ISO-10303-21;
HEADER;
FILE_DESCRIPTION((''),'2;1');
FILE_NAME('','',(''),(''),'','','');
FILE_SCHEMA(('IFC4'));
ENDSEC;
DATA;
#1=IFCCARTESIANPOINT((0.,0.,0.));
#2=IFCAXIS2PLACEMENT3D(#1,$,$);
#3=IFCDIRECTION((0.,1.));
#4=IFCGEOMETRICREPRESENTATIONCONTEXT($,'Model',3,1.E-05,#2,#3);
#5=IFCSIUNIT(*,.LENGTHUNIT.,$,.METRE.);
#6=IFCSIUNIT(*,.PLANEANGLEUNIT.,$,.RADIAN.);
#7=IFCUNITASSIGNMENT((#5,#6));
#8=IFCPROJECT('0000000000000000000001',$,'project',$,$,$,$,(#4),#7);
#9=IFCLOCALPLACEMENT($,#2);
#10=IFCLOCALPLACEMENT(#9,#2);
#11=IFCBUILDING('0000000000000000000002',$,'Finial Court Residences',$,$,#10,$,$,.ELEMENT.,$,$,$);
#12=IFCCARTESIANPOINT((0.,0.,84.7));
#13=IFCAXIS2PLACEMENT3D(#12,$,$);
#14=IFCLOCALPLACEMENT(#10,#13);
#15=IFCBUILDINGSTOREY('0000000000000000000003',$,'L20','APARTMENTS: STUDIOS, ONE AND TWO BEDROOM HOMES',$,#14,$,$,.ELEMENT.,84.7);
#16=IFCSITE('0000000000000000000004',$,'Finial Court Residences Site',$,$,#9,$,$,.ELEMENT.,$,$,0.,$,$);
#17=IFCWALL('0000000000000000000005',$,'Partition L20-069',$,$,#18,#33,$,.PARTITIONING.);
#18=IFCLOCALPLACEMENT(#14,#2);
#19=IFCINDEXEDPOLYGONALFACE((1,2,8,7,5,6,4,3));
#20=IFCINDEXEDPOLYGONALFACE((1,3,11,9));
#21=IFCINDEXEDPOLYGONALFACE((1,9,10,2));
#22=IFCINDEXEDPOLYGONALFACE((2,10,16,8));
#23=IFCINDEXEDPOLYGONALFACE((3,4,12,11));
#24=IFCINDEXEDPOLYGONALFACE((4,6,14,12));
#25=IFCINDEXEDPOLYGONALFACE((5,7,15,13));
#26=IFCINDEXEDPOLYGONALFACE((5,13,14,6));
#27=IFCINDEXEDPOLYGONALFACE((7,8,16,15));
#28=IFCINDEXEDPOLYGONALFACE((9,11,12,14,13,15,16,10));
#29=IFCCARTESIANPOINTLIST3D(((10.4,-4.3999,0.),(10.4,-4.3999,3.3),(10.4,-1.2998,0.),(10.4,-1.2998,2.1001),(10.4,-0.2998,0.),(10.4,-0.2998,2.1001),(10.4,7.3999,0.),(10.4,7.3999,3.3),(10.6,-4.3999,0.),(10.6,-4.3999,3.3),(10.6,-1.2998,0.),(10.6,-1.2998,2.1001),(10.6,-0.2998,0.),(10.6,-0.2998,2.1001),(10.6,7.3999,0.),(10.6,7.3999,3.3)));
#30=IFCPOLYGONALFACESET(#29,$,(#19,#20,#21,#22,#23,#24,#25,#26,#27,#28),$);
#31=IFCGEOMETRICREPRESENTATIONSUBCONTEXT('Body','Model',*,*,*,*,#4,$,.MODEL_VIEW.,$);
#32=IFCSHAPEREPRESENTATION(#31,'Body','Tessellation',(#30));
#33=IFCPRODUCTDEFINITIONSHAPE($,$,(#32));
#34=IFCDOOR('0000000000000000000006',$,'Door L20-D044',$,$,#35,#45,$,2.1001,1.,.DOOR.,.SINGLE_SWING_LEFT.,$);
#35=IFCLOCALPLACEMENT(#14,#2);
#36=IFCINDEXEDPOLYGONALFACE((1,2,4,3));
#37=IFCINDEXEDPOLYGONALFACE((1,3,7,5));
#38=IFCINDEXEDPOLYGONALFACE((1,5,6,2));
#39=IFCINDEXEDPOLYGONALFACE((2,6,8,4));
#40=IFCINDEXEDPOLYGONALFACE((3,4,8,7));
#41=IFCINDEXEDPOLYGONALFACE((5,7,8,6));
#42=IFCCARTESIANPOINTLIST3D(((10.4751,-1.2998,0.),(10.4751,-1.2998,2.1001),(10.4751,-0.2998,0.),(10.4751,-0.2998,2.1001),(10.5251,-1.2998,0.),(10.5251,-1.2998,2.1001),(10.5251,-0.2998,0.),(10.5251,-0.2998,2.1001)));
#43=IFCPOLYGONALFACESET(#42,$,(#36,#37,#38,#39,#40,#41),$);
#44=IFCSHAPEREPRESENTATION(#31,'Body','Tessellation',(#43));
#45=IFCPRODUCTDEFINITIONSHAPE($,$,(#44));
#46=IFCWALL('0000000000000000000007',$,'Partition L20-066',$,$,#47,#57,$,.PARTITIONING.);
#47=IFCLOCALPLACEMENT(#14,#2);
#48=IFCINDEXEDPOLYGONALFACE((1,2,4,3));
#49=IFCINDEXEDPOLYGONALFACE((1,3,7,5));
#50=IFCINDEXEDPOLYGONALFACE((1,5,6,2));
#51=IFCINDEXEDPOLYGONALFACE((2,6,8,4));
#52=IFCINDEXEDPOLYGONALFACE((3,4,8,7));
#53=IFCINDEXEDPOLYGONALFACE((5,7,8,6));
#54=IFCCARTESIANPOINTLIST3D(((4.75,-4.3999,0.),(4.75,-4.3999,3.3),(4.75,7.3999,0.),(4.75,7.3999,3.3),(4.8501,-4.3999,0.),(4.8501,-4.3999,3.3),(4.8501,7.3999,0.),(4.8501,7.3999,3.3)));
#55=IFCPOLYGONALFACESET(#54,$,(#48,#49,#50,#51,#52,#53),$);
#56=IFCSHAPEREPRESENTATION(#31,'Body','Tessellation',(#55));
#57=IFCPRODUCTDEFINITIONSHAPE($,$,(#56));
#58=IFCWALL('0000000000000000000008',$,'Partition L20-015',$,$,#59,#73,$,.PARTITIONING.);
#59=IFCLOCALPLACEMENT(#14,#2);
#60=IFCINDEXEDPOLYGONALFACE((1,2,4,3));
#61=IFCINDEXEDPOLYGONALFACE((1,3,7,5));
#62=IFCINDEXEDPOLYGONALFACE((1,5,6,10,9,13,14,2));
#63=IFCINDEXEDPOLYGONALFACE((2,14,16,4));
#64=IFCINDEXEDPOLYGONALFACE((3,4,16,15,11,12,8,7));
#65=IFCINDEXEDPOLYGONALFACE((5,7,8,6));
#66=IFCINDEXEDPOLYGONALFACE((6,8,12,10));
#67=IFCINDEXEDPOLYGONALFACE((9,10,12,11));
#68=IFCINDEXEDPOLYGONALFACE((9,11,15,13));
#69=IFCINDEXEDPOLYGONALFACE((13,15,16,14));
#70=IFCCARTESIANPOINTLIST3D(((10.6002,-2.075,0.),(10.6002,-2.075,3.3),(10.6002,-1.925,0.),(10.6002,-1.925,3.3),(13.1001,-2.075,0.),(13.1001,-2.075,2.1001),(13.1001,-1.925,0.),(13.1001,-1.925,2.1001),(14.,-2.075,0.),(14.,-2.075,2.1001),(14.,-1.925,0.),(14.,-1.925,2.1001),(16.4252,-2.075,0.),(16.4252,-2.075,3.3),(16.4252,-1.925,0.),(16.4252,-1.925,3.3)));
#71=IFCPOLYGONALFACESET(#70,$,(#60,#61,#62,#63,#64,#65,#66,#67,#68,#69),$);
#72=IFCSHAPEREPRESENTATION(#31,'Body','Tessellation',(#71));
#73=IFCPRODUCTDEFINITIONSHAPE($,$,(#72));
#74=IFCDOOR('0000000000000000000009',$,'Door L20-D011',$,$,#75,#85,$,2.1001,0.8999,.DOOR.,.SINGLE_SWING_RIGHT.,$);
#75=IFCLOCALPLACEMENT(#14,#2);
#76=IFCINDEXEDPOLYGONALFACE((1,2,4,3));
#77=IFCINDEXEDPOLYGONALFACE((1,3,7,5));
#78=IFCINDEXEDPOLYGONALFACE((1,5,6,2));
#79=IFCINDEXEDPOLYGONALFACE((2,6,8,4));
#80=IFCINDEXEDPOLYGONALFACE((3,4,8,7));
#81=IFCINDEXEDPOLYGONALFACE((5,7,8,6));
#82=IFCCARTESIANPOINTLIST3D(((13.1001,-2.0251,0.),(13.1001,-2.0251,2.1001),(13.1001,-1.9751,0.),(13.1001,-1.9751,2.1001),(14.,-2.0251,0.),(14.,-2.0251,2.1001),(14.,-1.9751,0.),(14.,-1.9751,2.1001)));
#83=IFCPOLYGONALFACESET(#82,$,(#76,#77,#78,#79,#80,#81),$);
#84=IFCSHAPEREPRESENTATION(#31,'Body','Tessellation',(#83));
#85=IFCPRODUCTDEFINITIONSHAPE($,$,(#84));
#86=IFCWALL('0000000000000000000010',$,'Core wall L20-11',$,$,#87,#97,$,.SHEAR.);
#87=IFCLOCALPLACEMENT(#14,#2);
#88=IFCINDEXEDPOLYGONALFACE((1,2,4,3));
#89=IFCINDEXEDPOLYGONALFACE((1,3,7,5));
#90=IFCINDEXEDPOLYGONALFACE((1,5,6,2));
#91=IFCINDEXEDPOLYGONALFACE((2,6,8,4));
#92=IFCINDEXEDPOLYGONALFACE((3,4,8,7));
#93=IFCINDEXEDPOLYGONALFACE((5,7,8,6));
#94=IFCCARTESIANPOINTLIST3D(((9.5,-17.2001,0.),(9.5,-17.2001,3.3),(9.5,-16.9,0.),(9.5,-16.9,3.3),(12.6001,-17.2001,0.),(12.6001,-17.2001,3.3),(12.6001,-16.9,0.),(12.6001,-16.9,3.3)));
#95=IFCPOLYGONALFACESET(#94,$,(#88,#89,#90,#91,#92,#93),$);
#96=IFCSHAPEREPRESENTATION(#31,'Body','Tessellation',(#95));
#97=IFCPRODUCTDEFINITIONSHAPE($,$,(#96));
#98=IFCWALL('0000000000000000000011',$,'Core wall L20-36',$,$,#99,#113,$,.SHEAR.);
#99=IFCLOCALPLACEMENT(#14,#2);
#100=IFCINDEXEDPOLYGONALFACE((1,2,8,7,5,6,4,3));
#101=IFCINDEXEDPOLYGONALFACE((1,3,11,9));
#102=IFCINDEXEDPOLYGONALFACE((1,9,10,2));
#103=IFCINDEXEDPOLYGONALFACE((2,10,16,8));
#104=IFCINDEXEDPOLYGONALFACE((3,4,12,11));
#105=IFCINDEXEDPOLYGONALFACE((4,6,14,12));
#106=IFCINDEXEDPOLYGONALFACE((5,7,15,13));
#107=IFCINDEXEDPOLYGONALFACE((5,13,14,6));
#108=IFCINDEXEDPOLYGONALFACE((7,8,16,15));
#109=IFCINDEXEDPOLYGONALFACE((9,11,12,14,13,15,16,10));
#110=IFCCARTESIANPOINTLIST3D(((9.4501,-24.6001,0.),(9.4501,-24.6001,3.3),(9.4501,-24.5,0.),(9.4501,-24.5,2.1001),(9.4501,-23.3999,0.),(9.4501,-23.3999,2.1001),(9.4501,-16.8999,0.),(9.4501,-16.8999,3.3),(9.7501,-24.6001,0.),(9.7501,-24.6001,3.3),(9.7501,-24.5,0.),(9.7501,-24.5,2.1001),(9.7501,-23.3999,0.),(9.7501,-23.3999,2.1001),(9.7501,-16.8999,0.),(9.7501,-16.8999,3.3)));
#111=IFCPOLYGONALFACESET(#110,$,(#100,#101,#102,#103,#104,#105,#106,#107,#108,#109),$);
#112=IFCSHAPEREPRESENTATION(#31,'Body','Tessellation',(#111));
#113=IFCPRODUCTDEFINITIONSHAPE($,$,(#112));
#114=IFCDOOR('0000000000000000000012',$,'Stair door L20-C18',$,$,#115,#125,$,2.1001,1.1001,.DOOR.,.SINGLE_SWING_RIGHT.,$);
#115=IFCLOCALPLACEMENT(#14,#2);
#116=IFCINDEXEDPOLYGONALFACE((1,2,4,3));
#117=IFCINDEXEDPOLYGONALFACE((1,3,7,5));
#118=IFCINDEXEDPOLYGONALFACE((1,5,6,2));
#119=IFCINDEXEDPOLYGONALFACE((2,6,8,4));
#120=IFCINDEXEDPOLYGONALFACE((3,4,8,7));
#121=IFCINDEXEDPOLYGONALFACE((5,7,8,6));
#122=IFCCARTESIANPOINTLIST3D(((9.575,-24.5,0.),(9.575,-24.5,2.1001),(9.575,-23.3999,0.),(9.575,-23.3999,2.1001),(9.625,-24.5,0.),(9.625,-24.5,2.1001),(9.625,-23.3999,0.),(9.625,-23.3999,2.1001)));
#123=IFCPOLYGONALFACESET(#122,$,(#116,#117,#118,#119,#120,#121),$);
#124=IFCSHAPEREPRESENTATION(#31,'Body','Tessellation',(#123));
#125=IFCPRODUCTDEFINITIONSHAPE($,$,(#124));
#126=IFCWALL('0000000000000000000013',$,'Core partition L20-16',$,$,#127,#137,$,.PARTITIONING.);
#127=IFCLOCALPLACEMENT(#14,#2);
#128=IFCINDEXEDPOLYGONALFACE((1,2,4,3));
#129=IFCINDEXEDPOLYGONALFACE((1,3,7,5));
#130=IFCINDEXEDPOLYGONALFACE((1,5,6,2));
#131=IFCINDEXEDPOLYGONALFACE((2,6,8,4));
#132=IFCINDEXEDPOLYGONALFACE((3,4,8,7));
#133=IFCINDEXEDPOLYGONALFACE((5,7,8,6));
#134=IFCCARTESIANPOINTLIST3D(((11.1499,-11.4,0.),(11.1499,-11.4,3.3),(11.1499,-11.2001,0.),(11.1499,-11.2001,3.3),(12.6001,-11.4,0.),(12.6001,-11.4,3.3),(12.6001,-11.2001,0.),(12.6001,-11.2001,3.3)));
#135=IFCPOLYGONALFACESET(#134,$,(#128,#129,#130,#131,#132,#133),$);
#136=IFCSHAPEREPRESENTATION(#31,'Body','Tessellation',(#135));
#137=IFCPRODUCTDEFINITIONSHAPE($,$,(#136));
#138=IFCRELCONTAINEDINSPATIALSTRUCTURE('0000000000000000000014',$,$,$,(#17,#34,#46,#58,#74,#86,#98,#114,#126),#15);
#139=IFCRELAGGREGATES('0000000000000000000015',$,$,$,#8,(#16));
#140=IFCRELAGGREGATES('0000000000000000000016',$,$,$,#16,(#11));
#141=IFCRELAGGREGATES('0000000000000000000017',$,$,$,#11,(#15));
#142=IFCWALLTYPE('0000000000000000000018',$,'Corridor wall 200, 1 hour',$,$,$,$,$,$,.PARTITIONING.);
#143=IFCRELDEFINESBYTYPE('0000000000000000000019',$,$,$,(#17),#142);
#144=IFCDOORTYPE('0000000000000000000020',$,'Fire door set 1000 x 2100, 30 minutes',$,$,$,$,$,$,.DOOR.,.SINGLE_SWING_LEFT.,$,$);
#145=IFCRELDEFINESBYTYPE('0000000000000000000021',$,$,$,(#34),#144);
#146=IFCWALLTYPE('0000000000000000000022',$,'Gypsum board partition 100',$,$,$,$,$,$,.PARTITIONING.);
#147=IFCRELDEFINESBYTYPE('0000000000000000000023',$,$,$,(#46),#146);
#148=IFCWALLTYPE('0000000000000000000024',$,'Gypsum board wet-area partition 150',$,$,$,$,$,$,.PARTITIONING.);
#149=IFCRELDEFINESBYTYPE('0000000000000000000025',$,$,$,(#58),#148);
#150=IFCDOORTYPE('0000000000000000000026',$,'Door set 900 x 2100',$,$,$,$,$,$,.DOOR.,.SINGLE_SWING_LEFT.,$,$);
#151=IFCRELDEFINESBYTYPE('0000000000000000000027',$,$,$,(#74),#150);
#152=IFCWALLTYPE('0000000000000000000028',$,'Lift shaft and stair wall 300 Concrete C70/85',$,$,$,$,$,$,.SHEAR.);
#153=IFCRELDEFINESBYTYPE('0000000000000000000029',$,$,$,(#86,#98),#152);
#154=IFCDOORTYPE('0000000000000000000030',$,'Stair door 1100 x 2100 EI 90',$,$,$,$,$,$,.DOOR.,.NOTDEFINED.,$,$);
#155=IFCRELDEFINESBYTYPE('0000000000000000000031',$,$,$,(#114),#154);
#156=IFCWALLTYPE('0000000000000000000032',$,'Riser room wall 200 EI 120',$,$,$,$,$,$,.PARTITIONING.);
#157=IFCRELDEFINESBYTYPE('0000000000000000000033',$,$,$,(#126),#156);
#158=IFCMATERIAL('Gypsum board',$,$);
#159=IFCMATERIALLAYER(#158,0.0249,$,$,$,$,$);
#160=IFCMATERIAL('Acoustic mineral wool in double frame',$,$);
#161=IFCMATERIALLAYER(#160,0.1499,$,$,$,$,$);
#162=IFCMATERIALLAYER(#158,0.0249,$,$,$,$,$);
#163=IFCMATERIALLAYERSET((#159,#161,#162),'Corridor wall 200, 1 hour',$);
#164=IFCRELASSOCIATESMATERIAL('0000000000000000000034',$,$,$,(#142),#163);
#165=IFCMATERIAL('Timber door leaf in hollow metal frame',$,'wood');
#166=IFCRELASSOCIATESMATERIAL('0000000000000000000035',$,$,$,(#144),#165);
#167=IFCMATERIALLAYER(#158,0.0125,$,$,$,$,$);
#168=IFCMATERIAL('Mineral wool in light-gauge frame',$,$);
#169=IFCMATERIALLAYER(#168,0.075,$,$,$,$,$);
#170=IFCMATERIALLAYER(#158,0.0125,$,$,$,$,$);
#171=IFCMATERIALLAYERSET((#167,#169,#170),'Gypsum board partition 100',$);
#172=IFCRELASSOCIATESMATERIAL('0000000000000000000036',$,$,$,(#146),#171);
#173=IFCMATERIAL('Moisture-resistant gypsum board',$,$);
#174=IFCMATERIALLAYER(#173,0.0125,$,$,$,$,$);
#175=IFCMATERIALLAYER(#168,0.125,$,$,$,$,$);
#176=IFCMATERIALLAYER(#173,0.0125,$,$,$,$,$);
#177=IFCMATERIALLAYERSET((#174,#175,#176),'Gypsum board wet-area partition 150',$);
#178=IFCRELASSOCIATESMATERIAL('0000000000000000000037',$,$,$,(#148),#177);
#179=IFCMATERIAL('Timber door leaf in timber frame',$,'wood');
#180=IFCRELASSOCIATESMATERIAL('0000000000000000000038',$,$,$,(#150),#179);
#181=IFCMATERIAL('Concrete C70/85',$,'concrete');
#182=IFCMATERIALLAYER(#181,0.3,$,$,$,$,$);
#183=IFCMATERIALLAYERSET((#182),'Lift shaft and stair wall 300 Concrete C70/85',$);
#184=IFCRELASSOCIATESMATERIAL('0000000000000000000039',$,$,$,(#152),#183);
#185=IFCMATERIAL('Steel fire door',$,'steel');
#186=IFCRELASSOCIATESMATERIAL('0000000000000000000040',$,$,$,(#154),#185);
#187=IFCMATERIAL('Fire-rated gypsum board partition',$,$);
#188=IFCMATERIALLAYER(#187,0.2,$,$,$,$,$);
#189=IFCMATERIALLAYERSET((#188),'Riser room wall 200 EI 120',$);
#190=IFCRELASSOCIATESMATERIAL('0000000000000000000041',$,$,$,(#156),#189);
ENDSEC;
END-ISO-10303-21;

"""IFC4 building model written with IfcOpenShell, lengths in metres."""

from ifc_helpers import new_model, si_unit, direction, frame, frame_2d, origin, place, context, subcontext, project, spatial, rectangle, extrude, material, layer, layer_set, type_object, element, fill, save


model = new_model("IFC4")

# Units and contexts
model_context = context("Model", 3, precision=1e-05, world=origin(), true_north=direction((0.0, 1.0)))
body_context = subcontext(model_context, "Body", "Model", "MODEL_VIEW")
ifc_project = project(units=[si_unit("LENGTHUNIT", "METRE"), si_unit("PLANEANGLEUNIT", "RADIAN")], contexts=[model_context])

# Site, building, storey
site_placement = place(None, origin())
site = spatial("IfcSite", under=ifc_project, at=site_placement, Name="Finial Court Residences Site", CompositionType="ELEMENT", RefElevation=0.0)
building_placement = place(site_placement, origin())
building = spatial("IfcBuilding", under=site, at=building_placement, Name="Finial Court Residences", CompositionType="ELEMENT")
storey_placement = place(building_placement, frame((0.0, 0.0, 84.7)))
storey = spatial("IfcBuildingStorey", under=building, at=storey_placement, Name="L20", Description="APARTMENTS: STUDIOS, ONE AND TWO BEDROOM HOMES", CompositionType="ELEMENT", Elevation=84.7)

# Shared definitions
ifc_material_1 = material(Name="Concrete C70/85", Category="concrete")

# Shared definitions
ifc_material_2 = material(Name="Fire-rated gypsum board partition")

# Shared definitions
ifc_material_3 = material(Name="Steel fire door", Category="steel")

# Shared definitions
ifc_material_4 = material(Name="Gypsum board")
ifc_layer_1 = layer(ifc_material_4, 0.0249)
ifc_material_5 = material(Name="Acoustic mineral wool in double frame")
ifc_layer_2 = layer(ifc_material_5, 0.1499)
ifc_layer_3 = layer(ifc_material_4, 0.0249)
ifc_layer_set_1 = layer_set([ifc_layer_1, ifc_layer_2, ifc_layer_3], Name="Corridor wall 200, 1 hour")
wall_type_1 = type_object("IfcWallType", Name="Corridor wall 200, 1 hour", PredefinedType="PARTITIONING", material=ifc_layer_set_1)
ifc_material_6 = material(Name="Timber door leaf in hollow metal frame", Category="wood")
door_type_1 = type_object("IfcDoorType", Name="Fire door set 1000 x 2100, 30 minutes", OperationType="SINGLE_SWING_LEFT", PredefinedType="DOOR", material=ifc_material_6)

# Wall, opening, door
wall_1_placement = place(storey_placement, frame((10.5, -4.3999, 0.0), z_axis=(0.0, 0.0, 1.0), x_axis=(0.0, 1.0, 0.0)))
wall_1 = element("IfcWall", 1, at=wall_1_placement, inside=storey, type_object=wall_type_1, Name="Partition L20-069", PredefinedType="PARTITIONING", context=body_context, shape_type="SweptSolid", body=[
    extrude(rectangle(XDim=11.7998, YDim=0.2, at=frame_2d((5.8999, 0.0))), origin(), (0.0, 0.0, 1.0), 3.3),
])
opening_1_placement = place(wall_1_placement, frame((3.1001, 0.0, 0.0)))
opening_1 = element("IfcOpeningElement", 2, at=opening_1_placement, cuts=wall_1, PredefinedType="OPENING", context=body_context, shape_type="SweptSolid", body=[
    extrude(rectangle(XDim=1.0, YDim=2.1001, at=frame_2d((0.5, 1.05))), frame((0.0, 0.1099, 0.0), z_axis=(0.0, -1.0, 0.0), x_axis=(1.0, 0.0, 0.0)), (0.0, 0.0, 1.0), 0.22),
])
door_1_placement = place(opening_1_placement, origin())
door_1 = element("IfcDoor", 3, at=door_1_placement, inside=storey, type_object=door_type_1, Name="Door L20-D044", OperationType="SINGLE_SWING_LEFT", OverallHeight=2.1001, OverallWidth=1.0, PredefinedType="DOOR", context=body_context, shape_type="SweptSolid", body=[
    extrude(rectangle(XDim=1.0, YDim=2.1001, at=frame_2d((0.5, 1.05))), frame((0.0, 0.0249, 0.0), z_axis=(0.0, -1.0, 0.0), x_axis=(1.0, 0.0, 0.0)), (0.0, 0.0, 1.0), 0.05),
])
fill(opening_1, door_1)

# Wall
ifc_layer_4 = layer(ifc_material_4, 0.0125)
ifc_material_7 = material(Name="Mineral wool in light-gauge frame")
ifc_layer_5 = layer(ifc_material_7, 0.075)
ifc_layer_6 = layer(ifc_material_4, 0.0125)
ifc_layer_set_2 = layer_set([ifc_layer_4, ifc_layer_5, ifc_layer_6], Name="Gypsum board partition 100")
wall_type_2 = type_object("IfcWallType", Name="Gypsum board partition 100", PredefinedType="PARTITIONING", material=ifc_layer_set_2)
wall_2_placement = place(storey_placement, frame((4.8, -4.3999, 0.0), z_axis=(0.0, 0.0, 1.0), x_axis=(0.0, 1.0, 0.0)))
element("IfcWall", 4, at=wall_2_placement, inside=storey, type_object=wall_type_2, Name="Partition L20-066", PredefinedType="PARTITIONING", context=body_context, shape_type="SweptSolid", body=[
    extrude(rectangle(XDim=11.7998, YDim=0.1001, at=frame_2d((5.8999, 0.0))), origin(), (0.0, 0.0, 1.0), 3.3),
])

# Wall, opening, door
ifc_material_8 = material(Name="Moisture-resistant gypsum board")
ifc_layer_7 = layer(ifc_material_8, 0.0125)
ifc_layer_8 = layer(ifc_material_7, 0.125)
ifc_layer_9 = layer(ifc_material_8, 0.0125)
ifc_layer_set_3 = layer_set([ifc_layer_7, ifc_layer_8, ifc_layer_9], Name="Gypsum board wet-area partition 150")
wall_type_3 = type_object("IfcWallType", Name="Gypsum board wet-area partition 150", PredefinedType="PARTITIONING", material=ifc_layer_set_3)
wall_3_placement = place(storey_placement, frame((10.6001, -2.0, 0.0), z_axis=(0.0, 0.0, 1.0), x_axis=(1.0, 0.0, 0.0)))
wall_3 = element("IfcWall", 5, at=wall_3_placement, inside=storey, type_object=wall_type_3, Name="Partition L20-015", PredefinedType="PARTITIONING", context=body_context, shape_type="SweptSolid", body=[
    extrude(rectangle(XDim=5.825, YDim=0.1499, at=frame_2d((2.9126, 0.0))), origin(), (0.0, 0.0, 1.0), 3.3),
])
opening_2_placement = place(wall_3_placement, frame((2.5, 0.0, 0.0)))
opening_2 = element("IfcOpeningElement", 6, at=opening_2_placement, cuts=wall_3, PredefinedType="OPENING", context=body_context, shape_type="SweptSolid", body=[
    extrude(rectangle(XDim=0.8999, YDim=2.1001, at=frame_2d((0.45, 1.05))), frame((0.0, 0.085, 0.0), z_axis=(0.0, -1.0, 0.0), x_axis=(1.0, 0.0, 0.0)), (0.0, 0.0, 1.0), 0.1699),
])
ifc_material_9 = material(Name="Timber door leaf in timber frame", Category="wood")
door_type_2 = type_object("IfcDoorType", Name="Door set 900 x 2100", OperationType="SINGLE_SWING_LEFT", PredefinedType="DOOR", material=ifc_material_9)
door_2_placement = place(opening_2_placement, origin())
door_2 = element("IfcDoor", 7, at=door_2_placement, inside=storey, type_object=door_type_2, Name="Door L20-D011", OperationType="SINGLE_SWING_RIGHT", OverallHeight=2.1001, OverallWidth=0.8999, PredefinedType="DOOR", context=body_context, shape_type="SweptSolid", body=[
    extrude(rectangle(XDim=0.8999, YDim=2.1001, at=frame_2d((0.45, 1.05))), frame((0.0, 0.0249, 0.0), z_axis=(0.0, -1.0, 0.0), x_axis=(1.0, 0.0, 0.0)), (0.0, 0.0, 1.0), 0.05),
])
fill(opening_2, door_2)

# Wall
ifc_layer_10 = layer(ifc_material_1, 0.3)
ifc_layer_set_4 = layer_set([ifc_layer_10], Name="Lift shaft and stair wall 300 Concrete C70/85")
wall_type_4 = type_object("IfcWallType", Name="Lift shaft and stair wall 300 Concrete C70/85", PredefinedType="SHEAR", material=ifc_layer_set_4)
wall_4_placement = place(storey_placement, frame((9.5, -17.05, 0.0), z_axis=(0.0, 0.0, 1.0), x_axis=(1.0, 0.0, 0.0)))
element("IfcWall", 8, at=wall_4_placement, inside=storey, type_object=wall_type_4, Name="Core wall L20-11", PredefinedType="SHEAR", context=body_context, shape_type="SweptSolid", body=[
    extrude(rectangle(XDim=3.1001, YDim=0.3, at=frame_2d((1.55, 0.0))), origin(), (0.0, 0.0, 1.0), 3.3),
])

# Wall, opening, door
wall_5_placement = place(storey_placement, frame((9.6001, -16.8999, 0.0), z_axis=(0.0, 0.0, 1.0), x_axis=(0.0, -1.0, 0.0)))
wall_5 = element("IfcWall", 9, at=wall_5_placement, inside=storey, type_object=wall_type_4, Name="Core wall L20-36", PredefinedType="SHEAR", context=body_context, shape_type="SweptSolid", body=[
    extrude(rectangle(XDim=7.7002, YDim=0.3, at=frame_2d((3.8501, 0.0))), origin(), (0.0, 0.0, 1.0), 3.3),
])
opening_3_placement = place(wall_5_placement, frame((6.5, 0.0, 0.0)))
opening_3 = element("IfcOpeningElement", 10, at=opening_3_placement, cuts=wall_5, PredefinedType="OPENING", context=body_context, shape_type="SweptSolid", body=[
    extrude(rectangle(XDim=1.1001, YDim=2.1001, at=frame_2d((0.55, 1.05))), frame((0.0, 0.1599, 0.0), z_axis=(0.0, -1.0, 0.0), x_axis=(1.0, 0.0, 0.0)), (0.0, 0.0, 1.0), 0.3201),
])
door_type_3 = type_object("IfcDoorType", Name="Stair door 1100 x 2100 EI 90", OperationType="NOTDEFINED", PredefinedType="DOOR", material=ifc_material_3)
door_3_placement = place(opening_3_placement, origin())
door_3 = element("IfcDoor", 11, at=door_3_placement, inside=storey, type_object=door_type_3, Name="Stair door L20-C18", OperationType="SINGLE_SWING_RIGHT", OverallHeight=2.1001, OverallWidth=1.1001, PredefinedType="DOOR", context=body_context, shape_type="SweptSolid", body=[
    extrude(rectangle(XDim=1.1001, YDim=2.1001, at=frame_2d((0.55, 1.05))), frame((0.0, 0.0249, 0.0), z_axis=(0.0, -1.0, 0.0), x_axis=(1.0, 0.0, 0.0)), (0.0, 0.0, 1.0), 0.05),
])
fill(opening_3, door_3)

# Wall
ifc_layer_11 = layer(ifc_material_2, 0.2)
ifc_layer_set_5 = layer_set([ifc_layer_11], Name="Riser room wall 200 EI 120")
wall_type_5 = type_object("IfcWallType", Name="Riser room wall 200 EI 120", PredefinedType="PARTITIONING", material=ifc_layer_set_5)
wall_6_placement = place(storey_placement, frame((11.1499, -11.3, 0.0), z_axis=(0.0, 0.0, 1.0), x_axis=(1.0, 0.0, 0.0)))
element("IfcWall", 12, at=wall_6_placement, inside=storey, type_object=wall_type_5, Name="Core partition L20-16", PredefinedType="PARTITIONING", context=body_context, shape_type="SweptSolid", body=[
    extrude(rectangle(XDim=1.4502, YDim=0.2, at=frame_2d((0.7251, 0.0))), origin(), (0.0, 0.0, 1.0), 3.3),
])

save(model, "model.ifc")
